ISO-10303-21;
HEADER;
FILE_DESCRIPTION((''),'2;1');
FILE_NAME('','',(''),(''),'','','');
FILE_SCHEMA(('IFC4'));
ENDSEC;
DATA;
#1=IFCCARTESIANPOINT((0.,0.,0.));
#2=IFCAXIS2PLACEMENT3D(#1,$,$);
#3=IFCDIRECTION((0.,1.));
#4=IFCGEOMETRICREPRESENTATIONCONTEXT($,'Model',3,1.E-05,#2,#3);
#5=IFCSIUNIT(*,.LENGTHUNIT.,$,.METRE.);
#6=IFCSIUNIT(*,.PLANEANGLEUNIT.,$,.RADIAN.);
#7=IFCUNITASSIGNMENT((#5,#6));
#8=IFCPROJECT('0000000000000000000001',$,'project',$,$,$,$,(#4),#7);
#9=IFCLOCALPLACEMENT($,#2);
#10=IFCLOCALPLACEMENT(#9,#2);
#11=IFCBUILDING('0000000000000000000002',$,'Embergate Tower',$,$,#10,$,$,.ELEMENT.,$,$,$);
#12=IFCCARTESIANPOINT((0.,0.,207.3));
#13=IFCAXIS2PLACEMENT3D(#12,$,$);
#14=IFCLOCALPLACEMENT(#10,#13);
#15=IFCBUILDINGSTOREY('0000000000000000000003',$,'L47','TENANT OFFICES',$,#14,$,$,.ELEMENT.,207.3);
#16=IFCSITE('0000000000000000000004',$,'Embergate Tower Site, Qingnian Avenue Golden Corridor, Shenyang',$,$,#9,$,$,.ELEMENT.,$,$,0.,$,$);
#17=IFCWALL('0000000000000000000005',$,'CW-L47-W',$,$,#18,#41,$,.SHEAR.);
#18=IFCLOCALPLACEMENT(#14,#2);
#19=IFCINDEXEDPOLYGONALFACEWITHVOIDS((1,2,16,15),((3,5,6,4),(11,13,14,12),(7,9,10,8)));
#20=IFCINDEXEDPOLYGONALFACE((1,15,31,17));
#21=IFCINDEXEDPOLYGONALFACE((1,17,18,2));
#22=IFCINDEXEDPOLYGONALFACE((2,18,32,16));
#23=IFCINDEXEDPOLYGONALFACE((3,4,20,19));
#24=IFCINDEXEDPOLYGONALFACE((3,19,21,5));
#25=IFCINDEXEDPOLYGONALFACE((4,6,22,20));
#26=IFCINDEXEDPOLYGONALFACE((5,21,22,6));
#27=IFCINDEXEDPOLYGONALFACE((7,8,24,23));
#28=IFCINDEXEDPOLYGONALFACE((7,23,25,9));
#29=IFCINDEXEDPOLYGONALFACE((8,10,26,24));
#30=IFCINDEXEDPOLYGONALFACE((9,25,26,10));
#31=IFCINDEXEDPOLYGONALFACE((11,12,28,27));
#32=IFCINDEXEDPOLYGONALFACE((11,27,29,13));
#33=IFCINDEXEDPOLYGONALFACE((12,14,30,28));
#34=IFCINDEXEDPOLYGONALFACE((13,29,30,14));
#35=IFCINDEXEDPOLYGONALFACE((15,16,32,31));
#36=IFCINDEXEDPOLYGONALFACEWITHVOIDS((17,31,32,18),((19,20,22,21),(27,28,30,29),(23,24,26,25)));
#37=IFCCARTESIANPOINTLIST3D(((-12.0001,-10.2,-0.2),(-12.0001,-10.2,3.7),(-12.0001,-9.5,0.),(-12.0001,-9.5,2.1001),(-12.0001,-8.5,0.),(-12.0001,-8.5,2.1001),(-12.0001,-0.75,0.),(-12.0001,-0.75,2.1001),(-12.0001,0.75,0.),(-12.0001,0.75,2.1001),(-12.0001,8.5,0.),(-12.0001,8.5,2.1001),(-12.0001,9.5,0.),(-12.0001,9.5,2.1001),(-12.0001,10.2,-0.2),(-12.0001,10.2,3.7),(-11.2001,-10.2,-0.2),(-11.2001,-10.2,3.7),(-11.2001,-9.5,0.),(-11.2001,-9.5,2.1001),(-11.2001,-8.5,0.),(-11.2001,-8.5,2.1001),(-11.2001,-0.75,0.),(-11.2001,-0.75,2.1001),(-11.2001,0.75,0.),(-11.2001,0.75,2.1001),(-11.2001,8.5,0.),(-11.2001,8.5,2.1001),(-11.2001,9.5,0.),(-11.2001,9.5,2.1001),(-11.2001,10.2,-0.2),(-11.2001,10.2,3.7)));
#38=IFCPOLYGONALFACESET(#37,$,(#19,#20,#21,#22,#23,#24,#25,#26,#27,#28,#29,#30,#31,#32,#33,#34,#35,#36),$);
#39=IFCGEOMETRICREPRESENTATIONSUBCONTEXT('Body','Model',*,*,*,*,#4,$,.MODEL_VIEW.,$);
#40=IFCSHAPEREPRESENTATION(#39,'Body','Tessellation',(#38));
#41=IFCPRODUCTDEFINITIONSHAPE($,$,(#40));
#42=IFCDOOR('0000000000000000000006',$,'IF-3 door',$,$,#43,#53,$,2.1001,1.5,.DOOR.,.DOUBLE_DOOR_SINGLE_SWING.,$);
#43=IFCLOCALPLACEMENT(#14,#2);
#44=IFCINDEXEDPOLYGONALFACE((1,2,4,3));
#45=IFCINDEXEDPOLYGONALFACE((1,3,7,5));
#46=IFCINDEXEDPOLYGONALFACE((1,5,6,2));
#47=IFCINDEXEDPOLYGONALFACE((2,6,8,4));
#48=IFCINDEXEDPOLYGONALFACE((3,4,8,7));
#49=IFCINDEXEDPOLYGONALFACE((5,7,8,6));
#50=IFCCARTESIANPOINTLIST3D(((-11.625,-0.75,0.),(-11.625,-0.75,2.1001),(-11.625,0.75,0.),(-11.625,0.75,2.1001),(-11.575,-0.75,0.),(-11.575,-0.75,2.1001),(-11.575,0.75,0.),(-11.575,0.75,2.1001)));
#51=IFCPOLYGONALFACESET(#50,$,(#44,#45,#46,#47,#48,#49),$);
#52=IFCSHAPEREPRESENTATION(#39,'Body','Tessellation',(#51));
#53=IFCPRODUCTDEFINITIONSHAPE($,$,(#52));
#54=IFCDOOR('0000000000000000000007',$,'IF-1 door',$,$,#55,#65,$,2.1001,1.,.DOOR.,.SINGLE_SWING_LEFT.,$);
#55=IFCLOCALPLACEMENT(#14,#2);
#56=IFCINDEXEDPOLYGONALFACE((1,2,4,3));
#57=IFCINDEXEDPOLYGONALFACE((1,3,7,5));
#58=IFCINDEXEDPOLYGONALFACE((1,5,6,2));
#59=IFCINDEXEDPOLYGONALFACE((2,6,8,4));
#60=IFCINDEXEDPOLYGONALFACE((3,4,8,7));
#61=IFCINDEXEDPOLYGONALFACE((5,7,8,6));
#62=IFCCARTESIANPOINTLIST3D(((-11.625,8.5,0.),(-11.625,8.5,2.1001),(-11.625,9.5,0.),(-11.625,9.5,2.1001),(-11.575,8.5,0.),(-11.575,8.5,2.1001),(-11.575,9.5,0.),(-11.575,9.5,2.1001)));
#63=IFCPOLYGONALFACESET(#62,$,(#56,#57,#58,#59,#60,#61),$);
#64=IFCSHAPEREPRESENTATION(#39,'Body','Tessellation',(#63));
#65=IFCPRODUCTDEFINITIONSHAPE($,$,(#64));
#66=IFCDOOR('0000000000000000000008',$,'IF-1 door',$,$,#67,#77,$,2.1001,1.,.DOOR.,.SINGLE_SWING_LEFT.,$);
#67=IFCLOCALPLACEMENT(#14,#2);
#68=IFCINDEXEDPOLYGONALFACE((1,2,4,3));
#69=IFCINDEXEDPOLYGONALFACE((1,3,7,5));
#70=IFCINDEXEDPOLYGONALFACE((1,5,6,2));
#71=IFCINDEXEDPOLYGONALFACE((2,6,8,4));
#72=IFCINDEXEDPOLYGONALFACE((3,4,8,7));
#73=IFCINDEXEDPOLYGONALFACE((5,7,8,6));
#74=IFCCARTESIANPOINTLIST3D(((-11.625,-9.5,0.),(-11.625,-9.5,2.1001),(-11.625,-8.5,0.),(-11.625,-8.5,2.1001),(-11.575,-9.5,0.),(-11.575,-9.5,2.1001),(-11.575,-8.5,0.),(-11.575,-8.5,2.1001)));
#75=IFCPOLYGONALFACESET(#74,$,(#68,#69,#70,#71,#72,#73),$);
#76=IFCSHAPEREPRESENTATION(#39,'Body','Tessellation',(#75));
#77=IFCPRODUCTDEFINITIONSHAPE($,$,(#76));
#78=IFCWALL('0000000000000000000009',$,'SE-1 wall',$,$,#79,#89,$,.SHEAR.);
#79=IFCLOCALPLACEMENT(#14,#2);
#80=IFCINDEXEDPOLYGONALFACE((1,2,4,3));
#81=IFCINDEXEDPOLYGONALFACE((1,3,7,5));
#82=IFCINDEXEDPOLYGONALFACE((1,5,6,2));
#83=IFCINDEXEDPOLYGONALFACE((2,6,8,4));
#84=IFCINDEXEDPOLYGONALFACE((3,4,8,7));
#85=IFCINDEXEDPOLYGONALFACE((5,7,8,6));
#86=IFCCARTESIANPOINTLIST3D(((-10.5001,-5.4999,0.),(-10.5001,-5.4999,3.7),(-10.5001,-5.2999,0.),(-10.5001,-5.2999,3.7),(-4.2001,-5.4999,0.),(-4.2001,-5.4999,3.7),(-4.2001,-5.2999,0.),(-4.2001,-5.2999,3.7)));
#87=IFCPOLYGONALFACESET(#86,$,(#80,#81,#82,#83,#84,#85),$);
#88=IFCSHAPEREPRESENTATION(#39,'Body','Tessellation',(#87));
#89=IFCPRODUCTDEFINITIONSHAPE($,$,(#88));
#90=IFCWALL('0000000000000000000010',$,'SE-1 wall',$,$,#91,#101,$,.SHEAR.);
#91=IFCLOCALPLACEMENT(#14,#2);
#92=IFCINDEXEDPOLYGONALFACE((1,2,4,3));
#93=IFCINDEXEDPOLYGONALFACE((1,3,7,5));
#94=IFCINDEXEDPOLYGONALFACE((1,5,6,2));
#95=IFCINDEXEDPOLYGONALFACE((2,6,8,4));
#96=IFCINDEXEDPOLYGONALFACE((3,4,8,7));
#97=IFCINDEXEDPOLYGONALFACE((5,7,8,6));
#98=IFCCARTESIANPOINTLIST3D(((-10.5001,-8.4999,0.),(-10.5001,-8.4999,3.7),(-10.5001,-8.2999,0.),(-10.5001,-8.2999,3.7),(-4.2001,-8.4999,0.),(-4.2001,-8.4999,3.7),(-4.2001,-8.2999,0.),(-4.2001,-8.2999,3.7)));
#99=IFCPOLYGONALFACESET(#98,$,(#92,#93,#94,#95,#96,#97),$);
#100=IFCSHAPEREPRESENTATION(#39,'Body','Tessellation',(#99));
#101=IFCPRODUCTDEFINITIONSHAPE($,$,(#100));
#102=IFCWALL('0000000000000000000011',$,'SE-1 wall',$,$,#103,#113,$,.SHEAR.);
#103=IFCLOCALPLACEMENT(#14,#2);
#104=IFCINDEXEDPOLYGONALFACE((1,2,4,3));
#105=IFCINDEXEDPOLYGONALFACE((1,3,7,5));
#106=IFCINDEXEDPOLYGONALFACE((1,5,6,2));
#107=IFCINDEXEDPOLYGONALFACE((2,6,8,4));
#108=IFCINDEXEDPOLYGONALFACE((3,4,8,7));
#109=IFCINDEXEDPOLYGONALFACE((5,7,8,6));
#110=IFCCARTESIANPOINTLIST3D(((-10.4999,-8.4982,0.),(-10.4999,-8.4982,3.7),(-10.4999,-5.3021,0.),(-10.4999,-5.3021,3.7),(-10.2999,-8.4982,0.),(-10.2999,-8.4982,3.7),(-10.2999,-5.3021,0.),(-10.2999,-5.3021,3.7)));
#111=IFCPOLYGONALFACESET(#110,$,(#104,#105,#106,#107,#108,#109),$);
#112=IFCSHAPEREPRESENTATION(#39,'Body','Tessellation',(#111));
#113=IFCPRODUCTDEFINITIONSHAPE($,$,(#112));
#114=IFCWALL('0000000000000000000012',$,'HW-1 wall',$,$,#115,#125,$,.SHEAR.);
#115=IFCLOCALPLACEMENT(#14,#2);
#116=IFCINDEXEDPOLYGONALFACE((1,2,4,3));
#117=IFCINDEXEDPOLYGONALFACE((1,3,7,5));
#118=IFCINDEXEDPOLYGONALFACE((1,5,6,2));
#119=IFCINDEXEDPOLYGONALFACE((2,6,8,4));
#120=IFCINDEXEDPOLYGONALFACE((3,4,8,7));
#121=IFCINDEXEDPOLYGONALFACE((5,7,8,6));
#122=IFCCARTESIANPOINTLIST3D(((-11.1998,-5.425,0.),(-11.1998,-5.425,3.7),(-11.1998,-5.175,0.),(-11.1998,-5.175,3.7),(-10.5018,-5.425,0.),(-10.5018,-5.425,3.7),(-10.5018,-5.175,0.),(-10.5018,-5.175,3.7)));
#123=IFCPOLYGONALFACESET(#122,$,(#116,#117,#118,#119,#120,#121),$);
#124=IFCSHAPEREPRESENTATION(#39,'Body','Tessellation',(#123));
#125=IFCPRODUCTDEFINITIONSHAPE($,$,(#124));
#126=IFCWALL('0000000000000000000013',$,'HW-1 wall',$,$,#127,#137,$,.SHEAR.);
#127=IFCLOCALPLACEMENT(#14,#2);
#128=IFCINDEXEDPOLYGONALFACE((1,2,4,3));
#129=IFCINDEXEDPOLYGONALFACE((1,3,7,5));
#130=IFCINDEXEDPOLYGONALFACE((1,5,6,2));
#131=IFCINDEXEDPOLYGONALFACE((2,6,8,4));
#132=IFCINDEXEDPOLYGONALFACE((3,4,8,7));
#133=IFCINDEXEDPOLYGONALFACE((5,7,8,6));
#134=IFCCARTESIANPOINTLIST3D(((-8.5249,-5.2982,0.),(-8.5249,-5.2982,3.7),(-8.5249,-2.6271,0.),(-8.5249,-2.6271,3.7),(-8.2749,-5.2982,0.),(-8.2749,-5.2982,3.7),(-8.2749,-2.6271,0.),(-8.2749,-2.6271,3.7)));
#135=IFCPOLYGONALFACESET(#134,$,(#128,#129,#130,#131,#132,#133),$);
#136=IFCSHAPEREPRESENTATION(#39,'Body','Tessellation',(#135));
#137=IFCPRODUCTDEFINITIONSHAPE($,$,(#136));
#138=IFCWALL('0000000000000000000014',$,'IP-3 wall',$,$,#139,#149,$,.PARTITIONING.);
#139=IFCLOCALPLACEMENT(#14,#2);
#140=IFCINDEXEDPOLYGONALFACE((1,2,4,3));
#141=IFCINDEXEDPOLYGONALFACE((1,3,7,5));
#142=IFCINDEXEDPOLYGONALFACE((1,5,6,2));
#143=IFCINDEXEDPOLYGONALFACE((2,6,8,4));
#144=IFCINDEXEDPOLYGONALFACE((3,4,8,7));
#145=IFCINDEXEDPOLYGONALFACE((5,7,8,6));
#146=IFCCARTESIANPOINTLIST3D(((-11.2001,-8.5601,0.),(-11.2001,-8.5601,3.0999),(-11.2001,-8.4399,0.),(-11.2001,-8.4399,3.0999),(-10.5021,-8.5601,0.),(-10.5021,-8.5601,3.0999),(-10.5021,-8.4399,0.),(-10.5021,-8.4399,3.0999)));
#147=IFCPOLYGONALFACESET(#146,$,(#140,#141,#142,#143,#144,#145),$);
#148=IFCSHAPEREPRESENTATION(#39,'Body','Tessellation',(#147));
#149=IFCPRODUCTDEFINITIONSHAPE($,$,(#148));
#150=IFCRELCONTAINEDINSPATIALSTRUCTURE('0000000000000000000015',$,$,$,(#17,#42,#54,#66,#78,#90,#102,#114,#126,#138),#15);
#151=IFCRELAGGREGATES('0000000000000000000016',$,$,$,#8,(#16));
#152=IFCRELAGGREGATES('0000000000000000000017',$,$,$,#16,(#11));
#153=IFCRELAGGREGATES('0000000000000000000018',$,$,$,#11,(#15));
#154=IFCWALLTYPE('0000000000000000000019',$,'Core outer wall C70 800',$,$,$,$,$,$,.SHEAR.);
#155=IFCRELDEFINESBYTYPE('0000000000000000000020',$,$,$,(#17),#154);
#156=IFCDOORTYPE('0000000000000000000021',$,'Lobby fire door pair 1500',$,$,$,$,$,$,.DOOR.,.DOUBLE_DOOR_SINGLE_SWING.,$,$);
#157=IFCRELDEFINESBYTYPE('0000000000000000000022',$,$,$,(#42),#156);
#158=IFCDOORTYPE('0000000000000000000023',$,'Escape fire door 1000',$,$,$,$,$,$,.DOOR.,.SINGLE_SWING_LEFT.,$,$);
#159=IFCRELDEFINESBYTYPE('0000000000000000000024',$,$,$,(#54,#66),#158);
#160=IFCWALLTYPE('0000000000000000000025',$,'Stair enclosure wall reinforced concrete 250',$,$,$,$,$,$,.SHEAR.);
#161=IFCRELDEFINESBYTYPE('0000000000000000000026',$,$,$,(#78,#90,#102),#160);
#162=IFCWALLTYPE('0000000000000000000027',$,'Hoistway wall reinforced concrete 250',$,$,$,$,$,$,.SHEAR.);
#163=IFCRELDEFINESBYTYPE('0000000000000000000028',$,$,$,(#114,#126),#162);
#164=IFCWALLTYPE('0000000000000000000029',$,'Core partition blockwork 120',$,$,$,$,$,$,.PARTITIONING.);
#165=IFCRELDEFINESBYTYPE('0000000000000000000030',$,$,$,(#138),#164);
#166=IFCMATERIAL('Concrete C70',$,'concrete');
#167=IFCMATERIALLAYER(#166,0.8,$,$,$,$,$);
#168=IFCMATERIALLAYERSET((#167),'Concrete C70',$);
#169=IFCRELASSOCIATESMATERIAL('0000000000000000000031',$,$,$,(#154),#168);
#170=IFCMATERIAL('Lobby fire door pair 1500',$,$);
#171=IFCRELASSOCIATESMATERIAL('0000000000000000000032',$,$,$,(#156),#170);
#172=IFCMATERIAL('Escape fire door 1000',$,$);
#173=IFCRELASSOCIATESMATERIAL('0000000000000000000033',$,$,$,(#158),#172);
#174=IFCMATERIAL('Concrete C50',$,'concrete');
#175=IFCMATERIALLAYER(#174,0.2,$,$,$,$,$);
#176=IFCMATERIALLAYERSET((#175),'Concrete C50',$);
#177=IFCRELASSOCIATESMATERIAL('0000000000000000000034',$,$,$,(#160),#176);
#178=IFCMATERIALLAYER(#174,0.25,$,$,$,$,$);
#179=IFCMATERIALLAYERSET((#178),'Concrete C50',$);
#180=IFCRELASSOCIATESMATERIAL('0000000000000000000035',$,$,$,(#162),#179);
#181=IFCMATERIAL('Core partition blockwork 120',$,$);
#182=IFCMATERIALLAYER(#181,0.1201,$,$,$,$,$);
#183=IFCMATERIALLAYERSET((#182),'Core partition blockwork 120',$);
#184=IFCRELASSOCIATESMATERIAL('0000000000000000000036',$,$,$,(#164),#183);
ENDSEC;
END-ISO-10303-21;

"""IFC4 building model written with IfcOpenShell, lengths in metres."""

from ifc_helpers import new_model, si_unit, direction, frame, frame_2d, origin, place, context, subcontext, project, spatial, rectangle, extrude, source, transform, mapped, material, layer, layer_set, type_object, element, fill, save


model = new_model("IFC4")

# Units and contexts
model_context = context("Model", 3, precision=1e-05, world=origin(), true_north=direction((0.0, 1.0)))
body_context = subcontext(model_context, "Body", "Model", "MODEL_VIEW")
ifc_project = project(units=[si_unit("LENGTHUNIT", "METRE"), si_unit("PLANEANGLEUNIT", "RADIAN")], contexts=[model_context])

# Site, building, storey
site_placement = place(None, origin())
site = spatial("IfcSite", under=ifc_project, at=site_placement, Name="Embergate Tower Site, Qingnian Avenue Golden Corridor, Shenyang", CompositionType="ELEMENT", RefElevation=0.0)
building_placement = place(site_placement, origin())
building = spatial("IfcBuilding", under=site, at=building_placement, Name="Embergate Tower", CompositionType="ELEMENT")
storey_placement = place(building_placement, frame((0.0, 0.0, 207.3)))
storey = spatial("IfcBuildingStorey", under=building, at=storey_placement, Name="L47", Description="TENANT OFFICES", CompositionType="ELEMENT", Elevation=207.3)

# Shared definitions
ifc_material_1 = material(Name="Concrete C70", Category="concrete")
ifc_layer_1 = layer(ifc_material_1, 0.8)
ifc_layer_set_1 = layer_set([ifc_layer_1], Name="Concrete C70")
wall_type_1 = type_object("IfcWallType", Name="Core outer wall C70 800", PredefinedType="SHEAR", material=ifc_layer_set_1)

# Wall, openings, doors
shared_shape_1 = source(origin(), body_context, "Body", "SweptSolid", [
    extrude(rectangle(XDim=20.3999, YDim=0.8, at=frame_2d((10.2, 0.0))), origin(), (0.0, 0.0, 1.0), 3.8999),
])
wall_1_placement = place(storey_placement, frame((-11.6001, -10.2, -0.2), z_axis=(0.0, 0.0, 1.0), x_axis=(0.0, 1.0, 0.0)))
wall_1 = element("IfcWall", 1, at=wall_1_placement, inside=storey, type_object=wall_type_1, Name="CW-L47-W", PredefinedType="SHEAR", context=body_context, shape_type="MappedRepresentation", body=[
    mapped(shared_shape_1, transform((0.0, 0.0, 0.0))),
])
shared_shape_2 = source(origin(), body_context, "Body", "SweptSolid", [
    extrude(rectangle(XDim=1.0, YDim=2.1001, at=frame_2d((0.5, 1.05))), frame((0.0, 0.4099, 0.0), z_axis=(0.0, -1.0, 0.0), x_axis=(1.0, 0.0, 0.0)), (0.0, 0.0, 1.0), 0.8201),
])
opening_1_placement = place(wall_1_placement, frame((18.7, 0.0, 0.2)))
opening_1 = element("IfcOpeningElement", 2, at=opening_1_placement, cuts=wall_1, PredefinedType="OPENING", context=body_context, shape_type="MappedRepresentation", body=[
    mapped(shared_shape_2, transform((0.0, 0.0, 0.0))),
])
opening_2_placement = place(wall_1_placement, frame((0.7, 0.0, 0.2)))
opening_2 = element("IfcOpeningElement", 3, at=opening_2_placement, cuts=wall_1, PredefinedType="OPENING", context=body_context, shape_type="MappedRepresentation", body=[
    mapped(shared_shape_2, transform((0.0, 0.0, 0.0))),
])
shared_shape_3 = source(origin(), body_context, "Body", "SweptSolid", [
    extrude(rectangle(XDim=1.5, YDim=2.1001, at=frame_2d((0.75, 1.05))), frame((0.0, 0.4099, 0.0), z_axis=(0.0, -1.0, 0.0), x_axis=(1.0, 0.0, 0.0)), (0.0, 0.0, 1.0), 0.8201),
])
opening_3_placement = place(wall_1_placement, frame((9.45, 0.0, 0.2)))
opening_3 = element("IfcOpeningElement", 4, at=opening_3_placement, cuts=wall_1, PredefinedType="OPENING", context=body_context, shape_type="MappedRepresentation", body=[
    mapped(shared_shape_3, transform((0.0, 0.0, 0.0))),
])
ifc_material_2 = material(Name="Lobby fire door pair 1500")
door_type_1 = type_object("IfcDoorType", Name="Lobby fire door pair 1500", OperationType="DOUBLE_DOOR_SINGLE_SWING", PredefinedType="DOOR", material=ifc_material_2)
shared_shape_4 = source(origin(), body_context, "Body", "SweptSolid", [
    extrude(rectangle(XDim=1.5, YDim=2.1001, at=frame_2d((0.75, 1.05))), frame((0.0, 0.0249, 0.0), z_axis=(0.0, -1.0, 0.0), x_axis=(1.0, 0.0, 0.0)), (0.0, 0.0, 1.0), 0.05),
])
door_1_placement = place(opening_3_placement, origin())
door_1 = element("IfcDoor", 5, at=door_1_placement, inside=storey, type_object=door_type_1, Name="IF-3 door", OperationType="DOUBLE_DOOR_SINGLE_SWING", OverallHeight=2.1001, OverallWidth=1.5, PredefinedType="DOOR", context=body_context, shape_type="MappedRepresentation", body=[
    mapped(shared_shape_4, transform((0.0, 0.0, 0.0))),
])
fill(opening_3, door_1)
ifc_material_3 = material(Name="Escape fire door 1000")
door_type_2 = type_object("IfcDoorType", Name="Escape fire door 1000", OperationType="SINGLE_SWING_LEFT", PredefinedType="DOOR", material=ifc_material_3)
shared_shape_5 = source(origin(), body_context, "Body", "SweptSolid", [
    extrude(rectangle(XDim=1.0, YDim=2.1001, at=frame_2d((0.5, 1.05))), frame((0.0, 0.0249, 0.0), z_axis=(0.0, -1.0, 0.0), x_axis=(1.0, 0.0, 0.0)), (0.0, 0.0, 1.0), 0.05),
])
door_2_placement = place(opening_1_placement, origin())
door_2 = element("IfcDoor", 6, at=door_2_placement, inside=storey, type_object=door_type_2, Name="IF-1 door", OperationType="SINGLE_SWING_LEFT", OverallHeight=2.1001, OverallWidth=1.0, PredefinedType="DOOR", context=body_context, shape_type="MappedRepresentation", body=[
    mapped(shared_shape_5, transform((0.0, 0.0, 0.0))),
])
fill(opening_1, door_2)
door_3_placement = place(opening_2_placement, origin())
door_3 = element("IfcDoor", 7, at=door_3_placement, inside=storey, type_object=door_type_2, Name="IF-1 door", OperationType="SINGLE_SWING_LEFT", OverallHeight=2.1001, OverallWidth=1.0, PredefinedType="DOOR", context=body_context, shape_type="MappedRepresentation", body=[
    mapped(shared_shape_5, transform((0.0, 0.0, 0.0))),
])
fill(opening_2, door_3)

# Walls
ifc_material_4 = material(Name="Concrete C50", Category="concrete")
ifc_layer_2 = layer(ifc_material_4, 0.2)
ifc_layer_set_2 = layer_set([ifc_layer_2], Name="Concrete C50")
wall_type_2 = type_object("IfcWallType", Name="Stair enclosure wall reinforced concrete 250", PredefinedType="SHEAR", material=ifc_layer_set_2)
shared_shape_6 = source(origin(), body_context, "Body", "SweptSolid", [
    extrude(rectangle(XDim=6.3, YDim=0.2, at=frame_2d((3.1499, 0.0))), origin(), (0.0, 0.0, 1.0), 3.7),
])
for number, where, z_axis, x_axis, name in (
    (8, (-10.5, -5.3999, 0.0), (0.0, 0.0, 1.0), (1.0, 0.0, 0.0), "SE-1 wall"),
    (9, (-10.5, -8.3999, 0.0), (0.0, 0.0, 1.0), (1.0, 0.0, 0.0), "SE-1 wall"),
):
    element("IfcWall", number, at=place(storey_placement, frame(where, z_axis=z_axis, x_axis=x_axis)), inside=storey, type_object=wall_type_2, Name=name, PredefinedType="SHEAR", context=body_context, shape_type="MappedRepresentation", body=[
        mapped(shared_shape_6, transform((0.0, 0.0, 0.0))),
    ])
shared_shape_7 = source(origin(), body_context, "Body", "SweptSolid", [
    extrude(rectangle(XDim=3.196, YDim=0.2, at=frame_2d((1.5981, 0.0))), origin(), (0.0, 0.0, 1.0), 3.7),
])
wall_2_placement = place(storey_placement, frame((-10.3999, -5.302, 0.0), z_axis=(0.0, 0.0, 1.0), x_axis=(0.0, -1.0, 0.0)))
element("IfcWall", 10, at=wall_2_placement, inside=storey, type_object=wall_type_2, Name="SE-1 wall", PredefinedType="SHEAR", context=body_context, shape_type="MappedRepresentation", body=[
    mapped(shared_shape_7, transform((0.0, 0.0, 0.0))),
])
ifc_layer_3 = layer(ifc_material_4, 0.25)
ifc_layer_set_3 = layer_set([ifc_layer_3], Name="Concrete C50")
wall_type_3 = type_object("IfcWallType", Name="Hoistway wall reinforced concrete 250", PredefinedType="SHEAR", material=ifc_layer_set_3)
shared_shape_8 = source(origin(), body_context, "Body", "SweptSolid", [
    extrude(rectangle(XDim=0.698, YDim=0.25, at=frame_2d((0.3491, 0.0))), origin(), (0.0, 0.0, 1.0), 3.7),
])
wall_3_placement = place(storey_placement, frame((-11.2, -5.3, 0.0), z_axis=(0.0, 0.0, 1.0), x_axis=(1.0, 0.0, 0.0)))
element("IfcWall", 11, at=wall_3_placement, inside=storey, type_object=wall_type_3, Name="HW-1 wall", PredefinedType="SHEAR", context=body_context, shape_type="MappedRepresentation", body=[
    mapped(shared_shape_8, transform((0.0, 0.0, 0.0))),
])
shared_shape_9 = source(origin(), body_context, "Body", "SweptSolid", [
    extrude(rectangle(XDim=2.6711, YDim=0.25, at=frame_2d((1.3354, 0.0))), origin(), (0.0, 0.0, 1.0), 3.7),
])
wall_4_placement = place(storey_placement, frame((-8.3999, -5.2981, 0.0), z_axis=(0.0, 0.0, 1.0), x_axis=(0.0, 1.0, 0.0)))
element("IfcWall", 12, at=wall_4_placement, inside=storey, type_object=wall_type_3, Name="HW-1 wall", PredefinedType="SHEAR", context=body_context, shape_type="MappedRepresentation", body=[
    mapped(shared_shape_9, transform((0.0, 0.0, 0.0))),
])
ifc_material_5 = material(Name="Core partition blockwork 120")
ifc_layer_4 = layer(ifc_material_5, 0.1201)
ifc_layer_set_4 = layer_set([ifc_layer_4], Name="Core partition blockwork 120")
wall_type_4 = type_object("IfcWallType", Name="Core partition blockwork 120", PredefinedType="PARTITIONING", material=ifc_layer_set_4)
shared_shape_10 = source(origin(), body_context, "Body", "SweptSolid", [
    extrude(rectangle(XDim=0.698, YDim=0.1201, at=frame_2d((0.3491, 0.0))), origin(), (0.0, 0.0, 1.0), 3.0999),
])
wall_5_placement = place(storey_placement, frame((-10.502, -8.5, 0.0), z_axis=(0.0, 0.0, 1.0), x_axis=(-1.0, 0.0, 0.0)))
element("IfcWall", 13, at=wall_5_placement, inside=storey, type_object=wall_type_4, Name="IP-3 wall", PredefinedType="PARTITIONING", context=body_context, shape_type="MappedRepresentation", body=[
    mapped(shared_shape_10, transform((0.0, 0.0, 0.0))),
])

save(model, "model.ifc")
